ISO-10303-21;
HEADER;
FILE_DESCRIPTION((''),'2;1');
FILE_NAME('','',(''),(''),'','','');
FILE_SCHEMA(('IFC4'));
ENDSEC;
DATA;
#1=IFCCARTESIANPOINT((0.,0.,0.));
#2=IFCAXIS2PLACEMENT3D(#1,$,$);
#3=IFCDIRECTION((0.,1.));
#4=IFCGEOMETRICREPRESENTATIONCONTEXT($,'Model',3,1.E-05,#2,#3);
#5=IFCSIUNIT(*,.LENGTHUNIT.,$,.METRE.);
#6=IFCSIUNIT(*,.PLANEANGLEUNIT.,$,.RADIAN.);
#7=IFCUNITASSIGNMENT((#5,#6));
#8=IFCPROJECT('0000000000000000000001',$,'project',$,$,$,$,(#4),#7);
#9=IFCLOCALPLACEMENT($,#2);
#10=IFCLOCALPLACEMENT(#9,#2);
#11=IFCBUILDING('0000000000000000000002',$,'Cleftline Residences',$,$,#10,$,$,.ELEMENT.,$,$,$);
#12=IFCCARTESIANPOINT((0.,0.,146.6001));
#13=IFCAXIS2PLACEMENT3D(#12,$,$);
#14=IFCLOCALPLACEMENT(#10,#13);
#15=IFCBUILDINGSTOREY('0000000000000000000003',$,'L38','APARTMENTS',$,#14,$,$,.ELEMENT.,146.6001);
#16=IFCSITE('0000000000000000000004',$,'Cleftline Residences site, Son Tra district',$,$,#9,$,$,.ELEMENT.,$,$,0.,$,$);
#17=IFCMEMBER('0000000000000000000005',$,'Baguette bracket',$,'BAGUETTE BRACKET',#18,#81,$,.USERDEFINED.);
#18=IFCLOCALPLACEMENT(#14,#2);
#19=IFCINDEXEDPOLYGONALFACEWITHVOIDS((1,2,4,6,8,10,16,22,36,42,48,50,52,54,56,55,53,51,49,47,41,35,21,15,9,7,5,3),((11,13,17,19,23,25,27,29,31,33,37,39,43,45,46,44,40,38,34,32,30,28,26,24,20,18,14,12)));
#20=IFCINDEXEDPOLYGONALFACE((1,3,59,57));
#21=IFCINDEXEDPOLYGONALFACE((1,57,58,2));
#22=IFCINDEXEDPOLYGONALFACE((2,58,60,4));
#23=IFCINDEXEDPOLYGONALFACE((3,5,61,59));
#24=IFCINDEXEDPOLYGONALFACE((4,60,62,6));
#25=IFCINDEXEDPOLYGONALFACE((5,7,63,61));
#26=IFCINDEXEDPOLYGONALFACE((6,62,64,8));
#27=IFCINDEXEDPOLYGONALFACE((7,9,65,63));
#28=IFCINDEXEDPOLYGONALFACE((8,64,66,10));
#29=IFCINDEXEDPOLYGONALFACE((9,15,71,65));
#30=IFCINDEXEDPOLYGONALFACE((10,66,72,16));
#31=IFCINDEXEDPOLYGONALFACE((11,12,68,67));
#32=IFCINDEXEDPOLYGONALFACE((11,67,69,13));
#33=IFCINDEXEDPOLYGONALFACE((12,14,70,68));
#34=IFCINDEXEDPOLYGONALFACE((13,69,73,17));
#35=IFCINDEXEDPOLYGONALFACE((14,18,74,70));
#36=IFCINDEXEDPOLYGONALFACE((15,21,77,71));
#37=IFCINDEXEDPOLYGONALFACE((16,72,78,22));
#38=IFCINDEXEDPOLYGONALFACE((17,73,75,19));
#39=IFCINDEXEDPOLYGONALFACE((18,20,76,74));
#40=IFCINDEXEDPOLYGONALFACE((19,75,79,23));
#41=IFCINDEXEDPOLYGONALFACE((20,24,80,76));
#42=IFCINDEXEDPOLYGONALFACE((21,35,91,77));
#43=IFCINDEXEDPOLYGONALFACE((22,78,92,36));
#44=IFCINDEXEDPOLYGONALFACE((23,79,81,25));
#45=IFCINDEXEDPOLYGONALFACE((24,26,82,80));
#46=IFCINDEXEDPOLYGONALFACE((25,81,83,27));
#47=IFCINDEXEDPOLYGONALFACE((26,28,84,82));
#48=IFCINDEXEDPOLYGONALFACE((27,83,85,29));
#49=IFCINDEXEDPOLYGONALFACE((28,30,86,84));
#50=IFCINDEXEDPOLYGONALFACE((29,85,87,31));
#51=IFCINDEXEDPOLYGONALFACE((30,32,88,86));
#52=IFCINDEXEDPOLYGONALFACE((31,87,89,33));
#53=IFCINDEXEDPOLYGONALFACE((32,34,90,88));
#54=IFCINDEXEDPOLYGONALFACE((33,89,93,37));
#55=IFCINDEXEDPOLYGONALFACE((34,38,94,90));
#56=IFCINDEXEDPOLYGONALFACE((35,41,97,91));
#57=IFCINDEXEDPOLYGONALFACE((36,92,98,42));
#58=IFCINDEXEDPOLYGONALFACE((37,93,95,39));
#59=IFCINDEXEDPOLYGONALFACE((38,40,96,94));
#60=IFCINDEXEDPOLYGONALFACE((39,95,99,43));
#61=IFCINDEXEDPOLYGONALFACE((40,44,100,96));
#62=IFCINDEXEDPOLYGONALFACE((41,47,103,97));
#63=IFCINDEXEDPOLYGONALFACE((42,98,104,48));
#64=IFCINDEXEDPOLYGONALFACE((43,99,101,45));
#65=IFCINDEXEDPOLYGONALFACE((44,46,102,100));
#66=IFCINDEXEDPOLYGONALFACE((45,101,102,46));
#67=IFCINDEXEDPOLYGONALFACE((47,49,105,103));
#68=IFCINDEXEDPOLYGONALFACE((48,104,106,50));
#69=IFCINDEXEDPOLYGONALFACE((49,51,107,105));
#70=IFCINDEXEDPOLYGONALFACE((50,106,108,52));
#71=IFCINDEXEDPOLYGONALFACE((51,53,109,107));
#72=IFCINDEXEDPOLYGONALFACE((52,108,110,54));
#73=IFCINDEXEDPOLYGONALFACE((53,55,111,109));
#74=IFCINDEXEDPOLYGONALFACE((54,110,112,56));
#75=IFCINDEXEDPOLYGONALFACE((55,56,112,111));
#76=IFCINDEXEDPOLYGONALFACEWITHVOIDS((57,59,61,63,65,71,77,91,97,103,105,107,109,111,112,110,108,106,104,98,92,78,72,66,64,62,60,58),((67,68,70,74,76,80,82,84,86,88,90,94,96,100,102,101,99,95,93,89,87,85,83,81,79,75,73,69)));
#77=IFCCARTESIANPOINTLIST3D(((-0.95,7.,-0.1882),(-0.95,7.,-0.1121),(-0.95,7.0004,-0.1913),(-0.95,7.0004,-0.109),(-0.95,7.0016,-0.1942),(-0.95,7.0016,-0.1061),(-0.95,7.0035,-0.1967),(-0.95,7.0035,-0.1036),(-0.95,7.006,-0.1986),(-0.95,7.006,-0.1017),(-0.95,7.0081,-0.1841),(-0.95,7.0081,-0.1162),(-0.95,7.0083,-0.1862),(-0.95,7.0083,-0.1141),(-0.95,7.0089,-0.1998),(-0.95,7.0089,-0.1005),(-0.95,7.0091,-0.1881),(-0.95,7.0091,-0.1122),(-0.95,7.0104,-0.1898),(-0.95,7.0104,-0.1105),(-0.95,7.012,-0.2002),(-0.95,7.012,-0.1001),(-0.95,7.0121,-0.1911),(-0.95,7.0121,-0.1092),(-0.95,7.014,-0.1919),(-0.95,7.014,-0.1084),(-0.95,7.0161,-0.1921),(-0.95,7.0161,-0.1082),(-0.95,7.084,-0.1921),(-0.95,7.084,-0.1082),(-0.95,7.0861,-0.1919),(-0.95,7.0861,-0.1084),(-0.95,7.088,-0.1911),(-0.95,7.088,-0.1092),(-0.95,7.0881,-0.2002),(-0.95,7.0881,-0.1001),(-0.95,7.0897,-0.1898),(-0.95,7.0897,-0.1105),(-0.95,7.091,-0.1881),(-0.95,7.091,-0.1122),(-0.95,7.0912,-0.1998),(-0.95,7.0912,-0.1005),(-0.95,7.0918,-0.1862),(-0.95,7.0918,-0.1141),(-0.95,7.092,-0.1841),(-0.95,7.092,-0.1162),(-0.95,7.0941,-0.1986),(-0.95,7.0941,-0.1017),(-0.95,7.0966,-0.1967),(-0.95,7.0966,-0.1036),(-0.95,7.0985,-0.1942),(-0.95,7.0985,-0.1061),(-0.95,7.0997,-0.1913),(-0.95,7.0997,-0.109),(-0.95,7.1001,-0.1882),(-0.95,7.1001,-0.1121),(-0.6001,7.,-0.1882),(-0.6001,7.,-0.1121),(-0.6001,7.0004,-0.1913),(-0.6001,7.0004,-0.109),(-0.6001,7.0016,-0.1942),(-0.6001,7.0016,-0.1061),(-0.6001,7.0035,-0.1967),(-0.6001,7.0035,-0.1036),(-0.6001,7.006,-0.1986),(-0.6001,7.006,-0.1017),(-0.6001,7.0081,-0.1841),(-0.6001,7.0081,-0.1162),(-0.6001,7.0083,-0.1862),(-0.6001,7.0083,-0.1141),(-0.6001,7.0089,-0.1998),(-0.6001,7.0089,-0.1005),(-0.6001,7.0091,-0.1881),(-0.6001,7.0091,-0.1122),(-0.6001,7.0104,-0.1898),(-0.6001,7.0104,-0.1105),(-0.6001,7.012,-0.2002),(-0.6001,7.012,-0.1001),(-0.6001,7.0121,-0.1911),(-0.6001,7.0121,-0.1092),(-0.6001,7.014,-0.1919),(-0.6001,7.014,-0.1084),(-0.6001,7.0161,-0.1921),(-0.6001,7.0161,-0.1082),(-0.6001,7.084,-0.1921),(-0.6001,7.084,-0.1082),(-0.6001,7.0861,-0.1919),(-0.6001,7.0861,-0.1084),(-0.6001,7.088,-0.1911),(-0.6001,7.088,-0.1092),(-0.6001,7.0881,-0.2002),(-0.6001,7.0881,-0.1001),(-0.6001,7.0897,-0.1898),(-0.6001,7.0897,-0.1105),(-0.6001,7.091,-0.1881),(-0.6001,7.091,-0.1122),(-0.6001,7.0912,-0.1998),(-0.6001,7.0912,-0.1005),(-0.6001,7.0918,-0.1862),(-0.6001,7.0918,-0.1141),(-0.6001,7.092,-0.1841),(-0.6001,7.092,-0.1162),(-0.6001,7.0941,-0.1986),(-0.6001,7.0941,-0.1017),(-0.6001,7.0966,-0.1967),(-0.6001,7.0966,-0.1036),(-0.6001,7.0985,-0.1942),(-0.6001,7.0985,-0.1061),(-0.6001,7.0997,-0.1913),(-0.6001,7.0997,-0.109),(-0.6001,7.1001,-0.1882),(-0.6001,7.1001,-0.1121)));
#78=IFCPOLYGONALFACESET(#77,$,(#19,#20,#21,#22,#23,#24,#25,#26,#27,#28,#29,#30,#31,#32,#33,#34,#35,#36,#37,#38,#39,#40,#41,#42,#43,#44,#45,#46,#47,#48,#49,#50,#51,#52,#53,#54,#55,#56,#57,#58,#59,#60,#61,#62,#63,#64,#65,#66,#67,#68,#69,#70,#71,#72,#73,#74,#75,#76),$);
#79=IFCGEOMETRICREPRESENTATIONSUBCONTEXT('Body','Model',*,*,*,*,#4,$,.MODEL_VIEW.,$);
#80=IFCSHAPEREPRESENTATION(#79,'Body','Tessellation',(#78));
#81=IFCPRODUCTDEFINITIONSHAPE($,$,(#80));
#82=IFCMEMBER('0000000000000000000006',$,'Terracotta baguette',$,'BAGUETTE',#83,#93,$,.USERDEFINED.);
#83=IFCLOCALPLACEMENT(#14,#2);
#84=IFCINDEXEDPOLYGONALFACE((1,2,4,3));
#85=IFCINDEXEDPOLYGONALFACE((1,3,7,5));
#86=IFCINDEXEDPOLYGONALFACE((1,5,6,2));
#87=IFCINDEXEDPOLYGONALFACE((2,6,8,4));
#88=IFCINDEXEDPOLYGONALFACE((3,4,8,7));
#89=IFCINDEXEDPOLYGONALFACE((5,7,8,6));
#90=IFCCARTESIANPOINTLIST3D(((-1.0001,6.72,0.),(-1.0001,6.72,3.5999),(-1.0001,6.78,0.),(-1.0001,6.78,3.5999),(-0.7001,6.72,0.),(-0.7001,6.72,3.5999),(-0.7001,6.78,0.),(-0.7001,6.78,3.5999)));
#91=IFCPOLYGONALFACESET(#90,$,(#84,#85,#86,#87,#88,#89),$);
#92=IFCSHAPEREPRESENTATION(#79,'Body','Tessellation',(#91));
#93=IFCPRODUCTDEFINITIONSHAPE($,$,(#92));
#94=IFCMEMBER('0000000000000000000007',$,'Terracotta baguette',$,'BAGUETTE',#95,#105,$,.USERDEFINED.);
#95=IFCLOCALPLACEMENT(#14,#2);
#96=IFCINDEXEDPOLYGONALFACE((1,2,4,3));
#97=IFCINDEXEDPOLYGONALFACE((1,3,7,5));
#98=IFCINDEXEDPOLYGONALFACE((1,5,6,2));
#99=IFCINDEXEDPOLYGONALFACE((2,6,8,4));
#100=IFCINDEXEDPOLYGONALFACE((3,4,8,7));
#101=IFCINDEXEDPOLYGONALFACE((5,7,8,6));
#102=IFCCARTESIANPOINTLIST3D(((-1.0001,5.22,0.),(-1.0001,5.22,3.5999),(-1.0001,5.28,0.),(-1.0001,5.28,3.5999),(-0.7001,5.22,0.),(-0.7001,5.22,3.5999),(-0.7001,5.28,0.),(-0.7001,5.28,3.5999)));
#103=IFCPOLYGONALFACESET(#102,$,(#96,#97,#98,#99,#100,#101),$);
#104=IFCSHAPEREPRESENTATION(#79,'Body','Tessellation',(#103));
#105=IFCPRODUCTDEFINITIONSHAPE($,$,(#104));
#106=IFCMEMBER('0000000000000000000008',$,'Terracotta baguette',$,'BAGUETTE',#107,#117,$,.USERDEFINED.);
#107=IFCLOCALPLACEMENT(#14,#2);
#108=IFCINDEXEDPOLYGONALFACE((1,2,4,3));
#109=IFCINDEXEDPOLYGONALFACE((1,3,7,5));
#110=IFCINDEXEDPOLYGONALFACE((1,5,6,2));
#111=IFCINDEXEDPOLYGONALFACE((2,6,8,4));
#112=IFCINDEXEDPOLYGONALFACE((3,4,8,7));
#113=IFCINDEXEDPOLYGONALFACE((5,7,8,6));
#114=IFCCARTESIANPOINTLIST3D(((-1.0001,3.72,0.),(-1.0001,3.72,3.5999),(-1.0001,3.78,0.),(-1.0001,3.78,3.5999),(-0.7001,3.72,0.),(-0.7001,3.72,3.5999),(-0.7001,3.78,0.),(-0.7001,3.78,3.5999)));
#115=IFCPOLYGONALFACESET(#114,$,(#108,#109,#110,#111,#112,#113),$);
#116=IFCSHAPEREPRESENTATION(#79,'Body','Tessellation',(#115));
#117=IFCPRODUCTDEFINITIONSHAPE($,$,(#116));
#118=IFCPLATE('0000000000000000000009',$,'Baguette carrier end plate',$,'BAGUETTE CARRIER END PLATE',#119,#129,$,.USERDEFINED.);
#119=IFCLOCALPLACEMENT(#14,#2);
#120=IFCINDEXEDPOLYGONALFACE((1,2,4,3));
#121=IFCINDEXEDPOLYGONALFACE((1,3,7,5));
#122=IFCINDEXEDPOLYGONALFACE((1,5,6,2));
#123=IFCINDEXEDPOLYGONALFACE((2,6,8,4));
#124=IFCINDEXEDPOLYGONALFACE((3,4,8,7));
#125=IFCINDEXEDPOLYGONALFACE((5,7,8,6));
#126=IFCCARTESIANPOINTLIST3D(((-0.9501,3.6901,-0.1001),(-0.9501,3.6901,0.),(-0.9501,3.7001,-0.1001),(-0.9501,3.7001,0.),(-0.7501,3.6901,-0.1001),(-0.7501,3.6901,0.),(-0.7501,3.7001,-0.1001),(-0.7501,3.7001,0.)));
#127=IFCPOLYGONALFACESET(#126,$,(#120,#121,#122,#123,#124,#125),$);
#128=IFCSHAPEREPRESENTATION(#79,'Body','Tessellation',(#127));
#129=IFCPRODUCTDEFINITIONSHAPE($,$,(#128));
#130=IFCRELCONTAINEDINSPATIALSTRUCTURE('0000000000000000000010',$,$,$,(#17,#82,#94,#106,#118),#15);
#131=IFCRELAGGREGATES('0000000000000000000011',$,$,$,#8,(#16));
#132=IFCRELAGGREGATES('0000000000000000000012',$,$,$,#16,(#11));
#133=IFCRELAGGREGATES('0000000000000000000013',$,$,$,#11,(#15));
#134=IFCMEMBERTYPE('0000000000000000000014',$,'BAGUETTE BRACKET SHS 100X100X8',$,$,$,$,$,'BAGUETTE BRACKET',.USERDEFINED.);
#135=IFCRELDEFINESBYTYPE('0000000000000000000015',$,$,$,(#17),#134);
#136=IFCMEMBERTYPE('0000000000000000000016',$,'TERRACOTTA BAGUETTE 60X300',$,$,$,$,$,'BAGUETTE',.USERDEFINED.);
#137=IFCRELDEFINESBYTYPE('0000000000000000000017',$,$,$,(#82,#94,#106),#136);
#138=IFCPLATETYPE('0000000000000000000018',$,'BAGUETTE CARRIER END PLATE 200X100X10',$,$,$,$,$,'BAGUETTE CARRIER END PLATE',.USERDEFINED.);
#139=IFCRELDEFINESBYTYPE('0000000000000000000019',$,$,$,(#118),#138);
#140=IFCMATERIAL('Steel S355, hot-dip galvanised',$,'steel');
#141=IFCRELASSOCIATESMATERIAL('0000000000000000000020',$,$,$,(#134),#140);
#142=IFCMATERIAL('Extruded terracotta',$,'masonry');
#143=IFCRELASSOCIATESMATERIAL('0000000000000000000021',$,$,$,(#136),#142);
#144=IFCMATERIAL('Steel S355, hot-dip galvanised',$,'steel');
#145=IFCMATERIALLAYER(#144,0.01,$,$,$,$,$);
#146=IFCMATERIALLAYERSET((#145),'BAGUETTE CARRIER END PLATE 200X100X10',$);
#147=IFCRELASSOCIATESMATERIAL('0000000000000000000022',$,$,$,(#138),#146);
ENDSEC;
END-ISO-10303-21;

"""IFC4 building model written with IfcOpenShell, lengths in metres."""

from ifc_helpers import new_model, si_unit, direction, frame, origin, origin_2d, place, context, subcontext, project, spatial, rectangle, hollow_rectangle, extrude, material, layer, layer_set, material_profile, profile_set, type_object, element, save


model = new_model("IFC4")

# Units and contexts
model_context = context("Model", 3, precision=1e-05, world=origin(), true_north=direction((0.0, 1.0)))
body_context = subcontext(model_context, "Body", "Model", "MODEL_VIEW")
ifc_project = project(units=[si_unit("LENGTHUNIT", "METRE"), si_unit("PLANEANGLEUNIT", "RADIAN")], contexts=[model_context])

# Site, building, storey
site_placement = place(None, origin())
site = spatial("IfcSite", under=ifc_project, at=site_placement, Name="Cleftline Residences site, Son Tra district", CompositionType="ELEMENT", RefElevation=0.0)
building_placement = place(site_placement, origin())
building = spatial("IfcBuilding", under=site, at=building_placement, Name="Cleftline Residences", CompositionType="ELEMENT")
storey_placement = place(building_placement, frame((0.0, 0.0, 146.6001)))
storey = spatial("IfcBuildingStorey", under=building, at=storey_placement, Name="L38", Description="APARTMENTS", CompositionType="ELEMENT", Elevation=146.6001)

# Members
ifc_material_1 = material(Name="Steel S355, hot-dip galvanised", Category="steel")
ifc_material_profile_1 = material_profile(ifc_material_1, hollow_rectangle(XDim=0.1001, YDim=0.1001, WallThickness=0.0081, InnerFilletRadius=0.0081, OuterFilletRadius=0.012, at=origin_2d()))
ifc_profile_set_1 = profile_set([ifc_material_profile_1], Name="Steel S355, hot-dip galvanised")
member_type_1 = type_object("IfcMemberType", Name="BAGUETTE BRACKET SHS 100X100X8", ElementType="BAGUETTE BRACKET", PredefinedType="USERDEFINED", material=ifc_profile_set_1)
member_placement = place(storey_placement, frame((-0.6001, 7.05, -0.1501), z_axis=(-1.0, 0.0, 0.0), x_axis=(0.0, -1.0, 0.0)))
element("IfcMember", 1, at=member_placement, inside=storey, type_object=member_type_1, Name="Baguette bracket", ObjectType="BAGUETTE BRACKET", PredefinedType="USERDEFINED", context=body_context, shape_type="SweptSolid", body=[
    extrude(hollow_rectangle(XDim=0.1001, YDim=0.1001, WallThickness=0.0081, InnerFilletRadius=0.0081, OuterFilletRadius=0.012, at=origin_2d()), origin(), (0.0, 0.0, 1.0), 0.3499),
])
ifc_material_2 = material(Name="Extruded terracotta", Category="masonry")
ifc_material_profile_2 = material_profile(ifc_material_2, rectangle(XDim=0.0601, YDim=0.3, at=origin_2d()))
ifc_profile_set_2 = profile_set([ifc_material_profile_2], Name="Extruded terracotta")
member_type_2 = type_object("IfcMemberType", Name="TERRACOTTA BAGUETTE 60X300", ElementType="BAGUETTE", PredefinedType="USERDEFINED", material=ifc_profile_set_2)
for number, where, z_axis, x_axis, name in (
    (2, (-0.8501, 6.75, 0.0), (0.0, 0.0, 1.0), (0.0, 1.0, 0.0), "Terracotta baguette"),
    (3, (-0.8501, 5.25, 0.0), (0.0, 0.0, 1.0), (0.0, 1.0, 0.0), "Terracotta baguette"),
    (4, (-0.8501, 3.75, 0.0), (0.0, 0.0, 1.0), (0.0, 1.0, 0.0), "Terracotta baguette"),
):
    element("IfcMember", number, at=place(storey_placement, frame(where, z_axis=z_axis, x_axis=x_axis)), inside=storey, type_object=member_type_2, Name=name, ObjectType="BAGUETTE", PredefinedType="USERDEFINED", context=body_context, shape_type="SweptSolid", body=[
        extrude(rectangle(XDim=0.0601, YDim=0.3, at=origin_2d()), origin(), (0.0, 0.0, 1.0), 3.5999),
    ])

# Plate
ifc_material_3 = material(Name="Steel S355, hot-dip galvanised", Category="steel")
ifc_layer_1 = layer(ifc_material_3, 0.01)
ifc_layer_set_1 = layer_set([ifc_layer_1], Name="BAGUETTE CARRIER END PLATE 200X100X10")
plate_type = type_object("IfcPlateType", Name="BAGUETTE CARRIER END PLATE 200X100X10", ElementType="BAGUETTE CARRIER END PLATE", PredefinedType="USERDEFINED", material=ifc_layer_set_1)
plate_placement = place(storey_placement, frame((-0.8501, 3.6951, -0.1001), z_axis=(0.0, 0.0, 1.0), x_axis=(-1.0, 0.0, 0.0)))
element("IfcPlate", 5, at=plate_placement, inside=storey, type_object=plate_type, Name="Baguette carrier end plate", ObjectType="BAGUETTE CARRIER END PLATE", PredefinedType="USERDEFINED", context=body_context, shape_type="SweptSolid", body=[
    extrude(rectangle(XDim=0.2, YDim=0.01, at=origin_2d()), origin(), (0.0, 0.0, 1.0), 0.1001),
])

save(model, "model.ifc")
